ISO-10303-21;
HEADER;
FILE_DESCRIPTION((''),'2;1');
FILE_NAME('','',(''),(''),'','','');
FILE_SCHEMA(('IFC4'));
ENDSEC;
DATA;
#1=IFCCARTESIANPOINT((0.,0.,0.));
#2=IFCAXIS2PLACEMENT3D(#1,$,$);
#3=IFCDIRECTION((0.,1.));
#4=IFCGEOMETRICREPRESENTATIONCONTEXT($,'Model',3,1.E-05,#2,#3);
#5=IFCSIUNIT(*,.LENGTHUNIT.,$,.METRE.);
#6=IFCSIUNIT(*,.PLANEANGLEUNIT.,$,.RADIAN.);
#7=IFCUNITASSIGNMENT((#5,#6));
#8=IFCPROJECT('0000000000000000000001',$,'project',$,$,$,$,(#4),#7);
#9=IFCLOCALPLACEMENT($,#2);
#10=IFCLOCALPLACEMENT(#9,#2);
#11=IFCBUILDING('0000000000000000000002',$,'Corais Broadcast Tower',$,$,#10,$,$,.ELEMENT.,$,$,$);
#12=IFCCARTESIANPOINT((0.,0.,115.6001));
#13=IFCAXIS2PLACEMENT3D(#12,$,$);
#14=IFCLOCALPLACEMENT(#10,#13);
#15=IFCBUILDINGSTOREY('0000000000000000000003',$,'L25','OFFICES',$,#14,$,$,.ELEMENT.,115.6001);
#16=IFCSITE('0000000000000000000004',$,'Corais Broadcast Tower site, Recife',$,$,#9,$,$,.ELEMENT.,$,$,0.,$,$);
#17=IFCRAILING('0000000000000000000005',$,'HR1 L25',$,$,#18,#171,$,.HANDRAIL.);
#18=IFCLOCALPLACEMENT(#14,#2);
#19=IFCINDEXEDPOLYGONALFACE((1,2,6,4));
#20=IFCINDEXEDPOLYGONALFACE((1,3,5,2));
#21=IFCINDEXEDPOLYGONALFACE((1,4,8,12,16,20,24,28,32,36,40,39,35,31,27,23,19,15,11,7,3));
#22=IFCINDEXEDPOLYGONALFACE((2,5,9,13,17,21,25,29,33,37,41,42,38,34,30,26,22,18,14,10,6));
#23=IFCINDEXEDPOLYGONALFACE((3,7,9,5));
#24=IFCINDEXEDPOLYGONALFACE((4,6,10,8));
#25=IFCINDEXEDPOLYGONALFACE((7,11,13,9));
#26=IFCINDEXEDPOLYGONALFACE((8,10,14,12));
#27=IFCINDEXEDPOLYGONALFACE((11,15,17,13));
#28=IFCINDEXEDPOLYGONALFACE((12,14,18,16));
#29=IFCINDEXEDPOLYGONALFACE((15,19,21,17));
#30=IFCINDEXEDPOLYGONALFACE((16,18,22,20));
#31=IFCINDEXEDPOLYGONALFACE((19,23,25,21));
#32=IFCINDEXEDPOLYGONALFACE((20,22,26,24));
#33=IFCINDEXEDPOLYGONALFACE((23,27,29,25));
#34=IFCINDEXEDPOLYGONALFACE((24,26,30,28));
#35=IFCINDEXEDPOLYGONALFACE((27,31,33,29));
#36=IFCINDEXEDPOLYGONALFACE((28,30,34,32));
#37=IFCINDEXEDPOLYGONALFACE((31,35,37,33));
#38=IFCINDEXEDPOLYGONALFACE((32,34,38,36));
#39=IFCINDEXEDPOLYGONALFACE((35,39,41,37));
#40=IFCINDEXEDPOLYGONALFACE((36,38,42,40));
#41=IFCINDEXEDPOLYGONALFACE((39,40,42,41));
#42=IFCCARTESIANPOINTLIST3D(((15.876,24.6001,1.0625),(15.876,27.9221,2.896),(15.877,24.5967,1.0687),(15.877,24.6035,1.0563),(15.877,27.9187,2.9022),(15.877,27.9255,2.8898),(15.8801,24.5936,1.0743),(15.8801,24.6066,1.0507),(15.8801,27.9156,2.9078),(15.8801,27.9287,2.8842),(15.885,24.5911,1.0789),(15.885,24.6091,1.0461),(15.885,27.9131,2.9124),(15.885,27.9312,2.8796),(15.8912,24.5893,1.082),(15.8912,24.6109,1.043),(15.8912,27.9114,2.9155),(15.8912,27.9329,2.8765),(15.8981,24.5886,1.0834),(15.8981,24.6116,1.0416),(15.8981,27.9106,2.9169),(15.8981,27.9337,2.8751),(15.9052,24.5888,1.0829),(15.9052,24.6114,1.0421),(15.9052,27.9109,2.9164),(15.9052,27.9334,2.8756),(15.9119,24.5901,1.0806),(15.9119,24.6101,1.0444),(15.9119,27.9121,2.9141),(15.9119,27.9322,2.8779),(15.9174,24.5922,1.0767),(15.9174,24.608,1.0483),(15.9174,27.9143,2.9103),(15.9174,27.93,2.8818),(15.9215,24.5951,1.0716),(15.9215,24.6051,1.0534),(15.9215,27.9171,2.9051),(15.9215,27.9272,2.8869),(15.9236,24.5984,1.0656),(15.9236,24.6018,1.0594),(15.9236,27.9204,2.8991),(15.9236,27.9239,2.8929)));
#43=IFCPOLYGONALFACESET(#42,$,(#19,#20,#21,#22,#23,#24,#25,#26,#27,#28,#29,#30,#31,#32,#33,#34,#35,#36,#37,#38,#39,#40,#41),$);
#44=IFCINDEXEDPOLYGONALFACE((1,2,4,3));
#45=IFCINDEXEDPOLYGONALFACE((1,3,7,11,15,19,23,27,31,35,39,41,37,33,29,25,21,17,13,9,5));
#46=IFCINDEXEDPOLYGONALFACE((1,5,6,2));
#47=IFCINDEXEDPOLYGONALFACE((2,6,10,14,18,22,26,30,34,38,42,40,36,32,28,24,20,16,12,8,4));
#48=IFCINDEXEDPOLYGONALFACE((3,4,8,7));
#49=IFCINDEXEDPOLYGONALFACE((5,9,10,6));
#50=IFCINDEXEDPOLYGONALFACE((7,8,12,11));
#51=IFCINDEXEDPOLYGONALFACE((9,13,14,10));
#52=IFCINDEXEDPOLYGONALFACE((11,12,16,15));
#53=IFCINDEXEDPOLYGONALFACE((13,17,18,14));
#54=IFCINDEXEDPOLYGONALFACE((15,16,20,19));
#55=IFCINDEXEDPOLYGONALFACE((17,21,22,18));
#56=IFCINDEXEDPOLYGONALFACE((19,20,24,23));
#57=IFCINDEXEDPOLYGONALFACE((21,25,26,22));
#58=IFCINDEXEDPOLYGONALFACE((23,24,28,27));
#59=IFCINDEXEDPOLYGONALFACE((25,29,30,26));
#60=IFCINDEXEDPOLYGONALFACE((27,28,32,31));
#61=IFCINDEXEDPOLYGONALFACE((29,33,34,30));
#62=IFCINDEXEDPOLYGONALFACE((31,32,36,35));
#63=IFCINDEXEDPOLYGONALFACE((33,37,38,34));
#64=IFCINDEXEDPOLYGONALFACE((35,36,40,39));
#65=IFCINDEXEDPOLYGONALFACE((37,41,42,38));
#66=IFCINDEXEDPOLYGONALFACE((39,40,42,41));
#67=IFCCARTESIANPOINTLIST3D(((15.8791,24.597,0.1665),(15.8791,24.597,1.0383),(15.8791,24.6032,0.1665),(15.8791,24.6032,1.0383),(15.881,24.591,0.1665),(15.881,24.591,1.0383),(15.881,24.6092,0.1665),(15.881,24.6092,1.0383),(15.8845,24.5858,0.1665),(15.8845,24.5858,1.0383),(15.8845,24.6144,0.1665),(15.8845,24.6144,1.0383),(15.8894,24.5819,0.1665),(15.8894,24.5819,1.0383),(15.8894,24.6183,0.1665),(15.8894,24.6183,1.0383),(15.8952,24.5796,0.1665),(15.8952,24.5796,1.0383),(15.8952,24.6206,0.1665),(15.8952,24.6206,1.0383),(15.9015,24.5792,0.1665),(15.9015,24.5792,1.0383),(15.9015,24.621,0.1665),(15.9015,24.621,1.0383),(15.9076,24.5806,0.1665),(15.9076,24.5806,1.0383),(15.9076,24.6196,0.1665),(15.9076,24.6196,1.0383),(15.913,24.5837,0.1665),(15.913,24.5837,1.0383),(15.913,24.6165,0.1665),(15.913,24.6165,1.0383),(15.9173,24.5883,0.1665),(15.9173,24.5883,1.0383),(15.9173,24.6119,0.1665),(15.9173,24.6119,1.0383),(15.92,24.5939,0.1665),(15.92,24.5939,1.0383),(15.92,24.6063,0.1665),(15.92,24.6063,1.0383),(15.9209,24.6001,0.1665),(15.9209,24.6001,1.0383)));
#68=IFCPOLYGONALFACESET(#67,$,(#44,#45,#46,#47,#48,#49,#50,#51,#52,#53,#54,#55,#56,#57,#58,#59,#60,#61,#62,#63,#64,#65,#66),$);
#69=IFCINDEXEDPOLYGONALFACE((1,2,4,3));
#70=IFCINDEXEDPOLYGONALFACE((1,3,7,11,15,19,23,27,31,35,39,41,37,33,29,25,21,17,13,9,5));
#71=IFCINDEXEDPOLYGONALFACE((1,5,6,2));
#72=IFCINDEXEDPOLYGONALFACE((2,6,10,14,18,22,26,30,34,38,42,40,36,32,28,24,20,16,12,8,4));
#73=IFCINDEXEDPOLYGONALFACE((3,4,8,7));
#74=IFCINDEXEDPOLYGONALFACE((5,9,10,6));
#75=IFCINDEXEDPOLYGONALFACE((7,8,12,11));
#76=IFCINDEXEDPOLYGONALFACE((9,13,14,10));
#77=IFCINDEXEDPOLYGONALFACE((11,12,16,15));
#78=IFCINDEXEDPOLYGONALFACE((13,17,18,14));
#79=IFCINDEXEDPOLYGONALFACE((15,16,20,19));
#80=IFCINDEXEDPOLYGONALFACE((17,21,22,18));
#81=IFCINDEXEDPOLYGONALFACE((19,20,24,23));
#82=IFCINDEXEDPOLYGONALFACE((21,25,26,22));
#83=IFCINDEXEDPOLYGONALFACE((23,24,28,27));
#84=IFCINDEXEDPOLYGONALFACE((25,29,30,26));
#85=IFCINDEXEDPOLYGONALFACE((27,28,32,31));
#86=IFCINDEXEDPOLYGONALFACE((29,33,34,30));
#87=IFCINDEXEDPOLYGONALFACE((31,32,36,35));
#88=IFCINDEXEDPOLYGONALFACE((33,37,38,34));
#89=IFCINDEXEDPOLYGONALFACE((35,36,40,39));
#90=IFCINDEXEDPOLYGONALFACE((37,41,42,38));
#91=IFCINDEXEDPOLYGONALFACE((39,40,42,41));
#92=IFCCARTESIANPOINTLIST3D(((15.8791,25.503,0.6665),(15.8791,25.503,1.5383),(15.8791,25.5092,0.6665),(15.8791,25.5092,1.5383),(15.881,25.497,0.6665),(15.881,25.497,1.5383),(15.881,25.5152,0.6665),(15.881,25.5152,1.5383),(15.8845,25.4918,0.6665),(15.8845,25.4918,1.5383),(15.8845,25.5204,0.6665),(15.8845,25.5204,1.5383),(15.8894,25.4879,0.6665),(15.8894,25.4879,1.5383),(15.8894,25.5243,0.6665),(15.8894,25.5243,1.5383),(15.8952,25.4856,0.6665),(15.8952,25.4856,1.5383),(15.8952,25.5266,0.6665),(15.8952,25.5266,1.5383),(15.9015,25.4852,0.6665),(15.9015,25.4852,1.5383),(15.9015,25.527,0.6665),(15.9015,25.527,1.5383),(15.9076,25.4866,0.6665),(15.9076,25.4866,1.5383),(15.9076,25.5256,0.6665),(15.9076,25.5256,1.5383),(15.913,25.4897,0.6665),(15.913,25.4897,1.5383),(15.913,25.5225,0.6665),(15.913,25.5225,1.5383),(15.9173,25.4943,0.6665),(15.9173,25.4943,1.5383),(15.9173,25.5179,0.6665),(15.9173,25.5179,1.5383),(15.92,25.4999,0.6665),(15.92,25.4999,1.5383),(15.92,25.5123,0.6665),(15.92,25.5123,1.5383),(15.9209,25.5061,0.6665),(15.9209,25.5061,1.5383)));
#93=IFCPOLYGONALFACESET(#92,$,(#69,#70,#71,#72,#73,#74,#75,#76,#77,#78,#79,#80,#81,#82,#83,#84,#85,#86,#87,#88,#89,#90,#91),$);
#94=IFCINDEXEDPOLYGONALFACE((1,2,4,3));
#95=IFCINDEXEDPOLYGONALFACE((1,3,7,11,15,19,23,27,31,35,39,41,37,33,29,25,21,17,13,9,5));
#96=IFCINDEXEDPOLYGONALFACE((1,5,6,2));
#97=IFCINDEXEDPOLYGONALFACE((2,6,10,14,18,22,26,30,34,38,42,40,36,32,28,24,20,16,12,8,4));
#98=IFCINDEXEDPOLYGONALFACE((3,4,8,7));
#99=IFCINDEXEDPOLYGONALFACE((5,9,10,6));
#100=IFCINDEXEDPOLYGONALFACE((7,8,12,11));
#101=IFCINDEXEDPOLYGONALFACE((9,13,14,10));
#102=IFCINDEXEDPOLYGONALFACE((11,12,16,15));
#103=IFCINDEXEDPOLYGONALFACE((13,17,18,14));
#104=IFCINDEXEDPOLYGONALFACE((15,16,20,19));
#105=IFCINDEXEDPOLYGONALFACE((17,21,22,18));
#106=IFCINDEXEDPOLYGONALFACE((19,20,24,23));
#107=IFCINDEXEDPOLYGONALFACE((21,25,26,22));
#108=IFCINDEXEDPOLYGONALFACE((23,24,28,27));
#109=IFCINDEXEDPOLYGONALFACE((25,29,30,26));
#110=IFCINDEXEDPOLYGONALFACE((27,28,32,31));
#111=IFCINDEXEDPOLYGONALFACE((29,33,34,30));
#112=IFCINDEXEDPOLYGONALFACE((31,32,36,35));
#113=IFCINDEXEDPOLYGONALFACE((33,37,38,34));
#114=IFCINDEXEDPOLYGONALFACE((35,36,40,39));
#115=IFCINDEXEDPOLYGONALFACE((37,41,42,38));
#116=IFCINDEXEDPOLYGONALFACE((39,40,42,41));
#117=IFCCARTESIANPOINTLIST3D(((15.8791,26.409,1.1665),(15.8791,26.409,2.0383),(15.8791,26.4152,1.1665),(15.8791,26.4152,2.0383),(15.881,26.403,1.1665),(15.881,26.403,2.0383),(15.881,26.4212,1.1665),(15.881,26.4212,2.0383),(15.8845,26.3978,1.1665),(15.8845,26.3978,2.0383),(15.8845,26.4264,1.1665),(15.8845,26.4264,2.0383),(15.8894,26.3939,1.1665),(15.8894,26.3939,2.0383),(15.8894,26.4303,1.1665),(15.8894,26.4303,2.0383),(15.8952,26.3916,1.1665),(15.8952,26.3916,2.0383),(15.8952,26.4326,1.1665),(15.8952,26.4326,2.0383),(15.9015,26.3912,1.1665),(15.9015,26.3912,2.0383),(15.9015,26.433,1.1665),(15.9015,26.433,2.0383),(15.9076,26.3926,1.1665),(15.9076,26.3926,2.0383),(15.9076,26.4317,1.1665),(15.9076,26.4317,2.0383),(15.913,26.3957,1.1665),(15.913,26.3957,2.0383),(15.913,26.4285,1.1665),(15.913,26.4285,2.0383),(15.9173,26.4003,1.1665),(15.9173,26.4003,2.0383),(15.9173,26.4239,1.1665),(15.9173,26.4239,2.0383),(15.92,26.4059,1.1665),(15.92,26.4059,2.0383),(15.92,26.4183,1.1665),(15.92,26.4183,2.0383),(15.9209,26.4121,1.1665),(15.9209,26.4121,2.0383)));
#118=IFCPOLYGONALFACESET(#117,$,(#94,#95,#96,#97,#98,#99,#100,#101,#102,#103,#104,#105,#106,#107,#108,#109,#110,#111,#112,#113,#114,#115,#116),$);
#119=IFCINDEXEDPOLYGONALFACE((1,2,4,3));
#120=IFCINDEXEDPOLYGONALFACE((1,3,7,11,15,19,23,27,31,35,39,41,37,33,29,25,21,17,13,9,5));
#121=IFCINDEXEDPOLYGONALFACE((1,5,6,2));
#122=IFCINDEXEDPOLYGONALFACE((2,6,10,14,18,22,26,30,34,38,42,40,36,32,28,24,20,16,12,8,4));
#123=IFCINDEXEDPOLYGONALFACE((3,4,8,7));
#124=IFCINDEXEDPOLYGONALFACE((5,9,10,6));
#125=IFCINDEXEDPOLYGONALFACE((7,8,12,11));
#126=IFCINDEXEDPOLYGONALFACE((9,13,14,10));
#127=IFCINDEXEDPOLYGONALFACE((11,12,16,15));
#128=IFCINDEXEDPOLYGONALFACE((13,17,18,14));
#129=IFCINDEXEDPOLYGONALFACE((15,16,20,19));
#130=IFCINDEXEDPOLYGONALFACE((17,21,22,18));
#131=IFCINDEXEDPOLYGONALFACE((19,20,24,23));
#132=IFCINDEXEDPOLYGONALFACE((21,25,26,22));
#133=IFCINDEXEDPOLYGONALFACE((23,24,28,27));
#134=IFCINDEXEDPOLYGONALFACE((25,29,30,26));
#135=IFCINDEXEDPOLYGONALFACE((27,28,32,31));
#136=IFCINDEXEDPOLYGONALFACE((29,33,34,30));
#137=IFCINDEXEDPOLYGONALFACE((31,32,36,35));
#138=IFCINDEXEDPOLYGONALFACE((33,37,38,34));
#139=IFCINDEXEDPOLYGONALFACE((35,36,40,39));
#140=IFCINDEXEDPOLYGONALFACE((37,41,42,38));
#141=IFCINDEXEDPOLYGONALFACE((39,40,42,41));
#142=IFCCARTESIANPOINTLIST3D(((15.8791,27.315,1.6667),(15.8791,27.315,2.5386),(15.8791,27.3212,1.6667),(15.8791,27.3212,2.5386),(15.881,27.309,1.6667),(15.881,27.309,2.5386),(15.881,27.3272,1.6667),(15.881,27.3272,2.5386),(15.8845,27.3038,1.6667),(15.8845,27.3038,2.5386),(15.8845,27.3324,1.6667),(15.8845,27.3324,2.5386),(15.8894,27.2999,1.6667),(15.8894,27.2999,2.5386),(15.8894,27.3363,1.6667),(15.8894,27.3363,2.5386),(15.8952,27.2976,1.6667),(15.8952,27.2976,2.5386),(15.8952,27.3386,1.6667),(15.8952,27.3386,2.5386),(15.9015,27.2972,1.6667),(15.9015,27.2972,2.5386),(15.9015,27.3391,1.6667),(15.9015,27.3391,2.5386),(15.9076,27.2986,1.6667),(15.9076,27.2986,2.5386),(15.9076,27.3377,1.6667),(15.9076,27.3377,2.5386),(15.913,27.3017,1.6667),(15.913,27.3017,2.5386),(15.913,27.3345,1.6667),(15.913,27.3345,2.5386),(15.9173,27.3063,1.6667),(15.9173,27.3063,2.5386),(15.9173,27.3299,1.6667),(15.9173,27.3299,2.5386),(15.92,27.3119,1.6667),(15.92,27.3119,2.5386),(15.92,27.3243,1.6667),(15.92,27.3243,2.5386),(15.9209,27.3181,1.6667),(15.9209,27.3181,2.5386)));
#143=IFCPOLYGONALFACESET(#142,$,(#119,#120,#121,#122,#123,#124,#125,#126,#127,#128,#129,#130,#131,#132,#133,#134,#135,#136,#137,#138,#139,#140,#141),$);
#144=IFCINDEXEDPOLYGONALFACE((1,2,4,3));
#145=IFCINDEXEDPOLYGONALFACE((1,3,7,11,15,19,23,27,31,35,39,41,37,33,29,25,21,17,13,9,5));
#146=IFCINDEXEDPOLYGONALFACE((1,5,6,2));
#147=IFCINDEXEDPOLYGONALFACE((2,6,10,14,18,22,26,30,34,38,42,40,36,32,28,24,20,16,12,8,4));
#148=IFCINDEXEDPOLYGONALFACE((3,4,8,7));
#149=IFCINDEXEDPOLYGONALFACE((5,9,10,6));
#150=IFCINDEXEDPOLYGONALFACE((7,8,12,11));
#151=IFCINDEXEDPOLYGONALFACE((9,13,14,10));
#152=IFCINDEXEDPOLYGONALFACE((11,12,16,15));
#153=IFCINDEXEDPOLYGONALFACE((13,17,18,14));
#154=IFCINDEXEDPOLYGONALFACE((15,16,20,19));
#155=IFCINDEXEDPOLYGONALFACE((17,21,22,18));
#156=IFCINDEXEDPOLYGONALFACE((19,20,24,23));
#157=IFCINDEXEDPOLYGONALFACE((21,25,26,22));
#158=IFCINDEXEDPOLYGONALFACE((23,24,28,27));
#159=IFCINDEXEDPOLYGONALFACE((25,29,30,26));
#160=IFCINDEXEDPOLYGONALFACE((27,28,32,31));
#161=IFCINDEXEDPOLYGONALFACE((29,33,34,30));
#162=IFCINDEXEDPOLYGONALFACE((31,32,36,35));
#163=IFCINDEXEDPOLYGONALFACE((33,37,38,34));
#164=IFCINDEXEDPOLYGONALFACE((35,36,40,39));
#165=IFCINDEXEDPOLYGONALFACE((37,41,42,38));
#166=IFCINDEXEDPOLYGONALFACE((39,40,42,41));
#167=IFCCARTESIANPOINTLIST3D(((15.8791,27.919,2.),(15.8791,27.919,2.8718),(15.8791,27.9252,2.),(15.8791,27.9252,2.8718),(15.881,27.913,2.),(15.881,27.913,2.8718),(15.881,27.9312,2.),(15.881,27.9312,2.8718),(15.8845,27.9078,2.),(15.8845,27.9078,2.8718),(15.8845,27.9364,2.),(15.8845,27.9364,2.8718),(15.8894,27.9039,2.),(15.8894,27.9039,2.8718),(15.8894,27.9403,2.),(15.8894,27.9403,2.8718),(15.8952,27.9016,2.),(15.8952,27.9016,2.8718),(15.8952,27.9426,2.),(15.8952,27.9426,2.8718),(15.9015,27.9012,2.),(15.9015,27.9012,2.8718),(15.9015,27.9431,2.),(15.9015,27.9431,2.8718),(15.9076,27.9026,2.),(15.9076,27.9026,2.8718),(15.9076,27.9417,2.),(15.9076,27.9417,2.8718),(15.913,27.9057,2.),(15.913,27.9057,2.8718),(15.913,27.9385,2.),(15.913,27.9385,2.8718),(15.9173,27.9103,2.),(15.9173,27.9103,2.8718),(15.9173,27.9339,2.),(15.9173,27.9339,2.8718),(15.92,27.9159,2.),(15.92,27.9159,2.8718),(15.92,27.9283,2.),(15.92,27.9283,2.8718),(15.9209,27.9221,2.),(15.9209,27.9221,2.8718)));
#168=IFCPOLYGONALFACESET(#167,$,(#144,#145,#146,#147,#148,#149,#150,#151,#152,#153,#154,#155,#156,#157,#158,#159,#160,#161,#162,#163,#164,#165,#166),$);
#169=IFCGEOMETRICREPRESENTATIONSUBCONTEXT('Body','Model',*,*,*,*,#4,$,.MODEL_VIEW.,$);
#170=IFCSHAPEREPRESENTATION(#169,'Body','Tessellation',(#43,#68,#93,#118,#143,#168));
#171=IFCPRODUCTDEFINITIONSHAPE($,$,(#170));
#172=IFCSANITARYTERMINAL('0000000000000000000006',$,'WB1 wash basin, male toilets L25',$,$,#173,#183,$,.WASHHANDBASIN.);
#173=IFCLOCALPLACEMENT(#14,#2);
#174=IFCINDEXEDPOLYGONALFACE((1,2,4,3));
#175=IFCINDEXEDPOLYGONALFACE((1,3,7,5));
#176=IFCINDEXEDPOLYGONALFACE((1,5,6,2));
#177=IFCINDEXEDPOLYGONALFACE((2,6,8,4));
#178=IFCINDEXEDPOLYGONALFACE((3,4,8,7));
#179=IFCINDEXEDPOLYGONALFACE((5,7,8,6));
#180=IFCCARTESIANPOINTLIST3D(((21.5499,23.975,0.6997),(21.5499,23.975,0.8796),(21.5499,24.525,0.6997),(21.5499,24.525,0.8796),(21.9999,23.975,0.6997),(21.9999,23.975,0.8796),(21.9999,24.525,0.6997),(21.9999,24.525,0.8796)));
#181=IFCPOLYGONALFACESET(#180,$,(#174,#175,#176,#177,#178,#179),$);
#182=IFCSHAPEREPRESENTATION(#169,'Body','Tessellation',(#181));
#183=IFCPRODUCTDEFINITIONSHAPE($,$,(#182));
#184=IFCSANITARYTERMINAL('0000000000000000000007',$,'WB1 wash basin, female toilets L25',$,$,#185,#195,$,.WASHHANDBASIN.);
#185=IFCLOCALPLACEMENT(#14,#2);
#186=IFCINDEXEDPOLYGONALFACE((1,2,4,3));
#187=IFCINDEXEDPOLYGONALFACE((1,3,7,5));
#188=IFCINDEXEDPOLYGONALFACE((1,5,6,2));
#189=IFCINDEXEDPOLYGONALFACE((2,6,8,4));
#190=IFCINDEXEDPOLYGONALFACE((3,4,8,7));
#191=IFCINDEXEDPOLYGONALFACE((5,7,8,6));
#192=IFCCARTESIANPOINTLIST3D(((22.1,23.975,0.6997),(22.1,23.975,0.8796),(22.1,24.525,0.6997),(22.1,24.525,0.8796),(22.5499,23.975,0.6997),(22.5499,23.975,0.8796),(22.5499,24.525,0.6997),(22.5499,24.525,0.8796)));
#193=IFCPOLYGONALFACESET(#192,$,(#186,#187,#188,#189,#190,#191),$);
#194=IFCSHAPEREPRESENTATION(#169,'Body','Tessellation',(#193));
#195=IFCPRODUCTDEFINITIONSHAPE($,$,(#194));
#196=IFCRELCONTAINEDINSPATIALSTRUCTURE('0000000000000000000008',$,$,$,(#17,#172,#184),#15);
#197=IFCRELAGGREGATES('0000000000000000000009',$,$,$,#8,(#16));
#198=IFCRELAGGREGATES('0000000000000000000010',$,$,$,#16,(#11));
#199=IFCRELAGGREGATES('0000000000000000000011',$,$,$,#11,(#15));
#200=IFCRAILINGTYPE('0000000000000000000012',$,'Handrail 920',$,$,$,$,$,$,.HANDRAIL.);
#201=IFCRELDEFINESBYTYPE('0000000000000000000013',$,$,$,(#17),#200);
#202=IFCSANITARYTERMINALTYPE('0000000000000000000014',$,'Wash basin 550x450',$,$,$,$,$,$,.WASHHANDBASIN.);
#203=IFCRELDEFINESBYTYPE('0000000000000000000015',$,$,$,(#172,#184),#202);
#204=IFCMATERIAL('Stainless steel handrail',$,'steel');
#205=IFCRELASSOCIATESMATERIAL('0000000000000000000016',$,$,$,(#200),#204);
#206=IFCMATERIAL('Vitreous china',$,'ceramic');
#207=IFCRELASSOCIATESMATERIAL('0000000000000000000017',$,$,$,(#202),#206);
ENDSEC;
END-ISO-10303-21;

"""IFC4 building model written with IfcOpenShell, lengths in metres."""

from ifc_helpers import new_model, si_unit, direction, frame, origin, origin_2d, place, context, subcontext, project, spatial, rectangle, circle, extrude, material, type_object, element, save


model = new_model("IFC4")

# Units and contexts
model_context = context("Model", 3, precision=1e-05, world=origin(), true_north=direction((0.0, 1.0)))
body_context = subcontext(model_context, "Body", "Model", "MODEL_VIEW")
ifc_project = project(units=[si_unit("LENGTHUNIT", "METRE"), si_unit("PLANEANGLEUNIT", "RADIAN")], contexts=[model_context])

# Site, building, storey
site_placement = place(None, origin())
site = spatial("IfcSite", under=ifc_project, at=site_placement, Name="Corais Broadcast Tower site, Recife", CompositionType="ELEMENT", RefElevation=0.0)
building_placement = place(site_placement, origin())
building = spatial("IfcBuilding", under=site, at=building_placement, Name="Corais Broadcast Tower", CompositionType="ELEMENT")
storey_placement = place(building_placement, frame((0.0, 0.0, 115.6001)))
storey = spatial("IfcBuildingStorey", under=building, at=storey_placement, Name="L25", Description="OFFICES", CompositionType="ELEMENT", Elevation=115.6001)

# Railing
ifc_material_1 = material(Name="Stainless steel handrail", Category="steel")
railing_type = type_object("IfcRailingType", Name="Handrail 920", PredefinedType="HANDRAIL", material=ifc_material_1)
for number, where, name in (
    (1, (15.8999, 24.6001, 0.1665), "HR1 L25"),
):
    element("IfcRailing", number, at=place(storey_placement, frame(where)), inside=storey, type_object=railing_type, Name=name, PredefinedType="HANDRAIL", context=body_context, shape_type="SweptSolid", body=[
        extrude(circle(Radius=0.0239, at=origin_2d()), frame((0.0, 0.0, 0.896), z_axis=(0.0, 0.875504, 0.48321), x_axis=(-1.0, 0.0, 0.0)), (0.0, 0.0, 1.0), 3.7944),
        extrude(circle(Radius=0.021, at=origin_2d()), origin(), (0.0, 0.0, 1.0), 0.8718),
        extrude(circle(Radius=0.021, at=origin_2d()), frame((0.0, 0.906, 0.5)), (0.0, 0.0, 1.0), 0.8718),
        extrude(circle(Radius=0.021, at=origin_2d()), frame((0.0, 1.812, 1.0)), (0.0, 0.0, 1.0), 0.8718),
        extrude(circle(Radius=0.021, at=origin_2d()), frame((0.0, 2.718, 1.5002)), (0.0, 0.0, 1.0), 0.8718),
        extrude(circle(Radius=0.021, at=origin_2d()), frame((0.0, 3.322, 1.8335)), (0.0, 0.0, 1.0), 0.8718),
    ])

# Sanitary terminals
ifc_material_2 = material(Name="Vitreous china", Category="ceramic")
sanitary_terminal_type = type_object("IfcSanitaryTerminalType", Name="Wash basin 550x450", PredefinedType="WASHHANDBASIN", material=ifc_material_2)
for number, where, z_axis, x_axis, name in (
    (2, (21.7749, 24.25, 0.6997), (0.0, 0.0, 1.0), (1.0, 0.0, 0.0), "WB1 wash basin, male toilets L25"),
    (3, (22.325, 24.25, 0.6997), (0.0, 0.0, 1.0), (1.0, 0.0, 0.0), "WB1 wash basin, female toilets L25"),
):
    element("IfcSanitaryTerminal", number, at=place(storey_placement, frame(where, z_axis=z_axis, x_axis=x_axis)), inside=storey, type_object=sanitary_terminal_type, Name=name, PredefinedType="WASHHANDBASIN", context=body_context, shape_type="SweptSolid", body=[
        extrude(rectangle(XDim=0.45, YDim=0.55, at=origin_2d()), origin(), (0.0, 0.0, 1.0), 0.1799),
    ])

save(model, "model.ifc")
